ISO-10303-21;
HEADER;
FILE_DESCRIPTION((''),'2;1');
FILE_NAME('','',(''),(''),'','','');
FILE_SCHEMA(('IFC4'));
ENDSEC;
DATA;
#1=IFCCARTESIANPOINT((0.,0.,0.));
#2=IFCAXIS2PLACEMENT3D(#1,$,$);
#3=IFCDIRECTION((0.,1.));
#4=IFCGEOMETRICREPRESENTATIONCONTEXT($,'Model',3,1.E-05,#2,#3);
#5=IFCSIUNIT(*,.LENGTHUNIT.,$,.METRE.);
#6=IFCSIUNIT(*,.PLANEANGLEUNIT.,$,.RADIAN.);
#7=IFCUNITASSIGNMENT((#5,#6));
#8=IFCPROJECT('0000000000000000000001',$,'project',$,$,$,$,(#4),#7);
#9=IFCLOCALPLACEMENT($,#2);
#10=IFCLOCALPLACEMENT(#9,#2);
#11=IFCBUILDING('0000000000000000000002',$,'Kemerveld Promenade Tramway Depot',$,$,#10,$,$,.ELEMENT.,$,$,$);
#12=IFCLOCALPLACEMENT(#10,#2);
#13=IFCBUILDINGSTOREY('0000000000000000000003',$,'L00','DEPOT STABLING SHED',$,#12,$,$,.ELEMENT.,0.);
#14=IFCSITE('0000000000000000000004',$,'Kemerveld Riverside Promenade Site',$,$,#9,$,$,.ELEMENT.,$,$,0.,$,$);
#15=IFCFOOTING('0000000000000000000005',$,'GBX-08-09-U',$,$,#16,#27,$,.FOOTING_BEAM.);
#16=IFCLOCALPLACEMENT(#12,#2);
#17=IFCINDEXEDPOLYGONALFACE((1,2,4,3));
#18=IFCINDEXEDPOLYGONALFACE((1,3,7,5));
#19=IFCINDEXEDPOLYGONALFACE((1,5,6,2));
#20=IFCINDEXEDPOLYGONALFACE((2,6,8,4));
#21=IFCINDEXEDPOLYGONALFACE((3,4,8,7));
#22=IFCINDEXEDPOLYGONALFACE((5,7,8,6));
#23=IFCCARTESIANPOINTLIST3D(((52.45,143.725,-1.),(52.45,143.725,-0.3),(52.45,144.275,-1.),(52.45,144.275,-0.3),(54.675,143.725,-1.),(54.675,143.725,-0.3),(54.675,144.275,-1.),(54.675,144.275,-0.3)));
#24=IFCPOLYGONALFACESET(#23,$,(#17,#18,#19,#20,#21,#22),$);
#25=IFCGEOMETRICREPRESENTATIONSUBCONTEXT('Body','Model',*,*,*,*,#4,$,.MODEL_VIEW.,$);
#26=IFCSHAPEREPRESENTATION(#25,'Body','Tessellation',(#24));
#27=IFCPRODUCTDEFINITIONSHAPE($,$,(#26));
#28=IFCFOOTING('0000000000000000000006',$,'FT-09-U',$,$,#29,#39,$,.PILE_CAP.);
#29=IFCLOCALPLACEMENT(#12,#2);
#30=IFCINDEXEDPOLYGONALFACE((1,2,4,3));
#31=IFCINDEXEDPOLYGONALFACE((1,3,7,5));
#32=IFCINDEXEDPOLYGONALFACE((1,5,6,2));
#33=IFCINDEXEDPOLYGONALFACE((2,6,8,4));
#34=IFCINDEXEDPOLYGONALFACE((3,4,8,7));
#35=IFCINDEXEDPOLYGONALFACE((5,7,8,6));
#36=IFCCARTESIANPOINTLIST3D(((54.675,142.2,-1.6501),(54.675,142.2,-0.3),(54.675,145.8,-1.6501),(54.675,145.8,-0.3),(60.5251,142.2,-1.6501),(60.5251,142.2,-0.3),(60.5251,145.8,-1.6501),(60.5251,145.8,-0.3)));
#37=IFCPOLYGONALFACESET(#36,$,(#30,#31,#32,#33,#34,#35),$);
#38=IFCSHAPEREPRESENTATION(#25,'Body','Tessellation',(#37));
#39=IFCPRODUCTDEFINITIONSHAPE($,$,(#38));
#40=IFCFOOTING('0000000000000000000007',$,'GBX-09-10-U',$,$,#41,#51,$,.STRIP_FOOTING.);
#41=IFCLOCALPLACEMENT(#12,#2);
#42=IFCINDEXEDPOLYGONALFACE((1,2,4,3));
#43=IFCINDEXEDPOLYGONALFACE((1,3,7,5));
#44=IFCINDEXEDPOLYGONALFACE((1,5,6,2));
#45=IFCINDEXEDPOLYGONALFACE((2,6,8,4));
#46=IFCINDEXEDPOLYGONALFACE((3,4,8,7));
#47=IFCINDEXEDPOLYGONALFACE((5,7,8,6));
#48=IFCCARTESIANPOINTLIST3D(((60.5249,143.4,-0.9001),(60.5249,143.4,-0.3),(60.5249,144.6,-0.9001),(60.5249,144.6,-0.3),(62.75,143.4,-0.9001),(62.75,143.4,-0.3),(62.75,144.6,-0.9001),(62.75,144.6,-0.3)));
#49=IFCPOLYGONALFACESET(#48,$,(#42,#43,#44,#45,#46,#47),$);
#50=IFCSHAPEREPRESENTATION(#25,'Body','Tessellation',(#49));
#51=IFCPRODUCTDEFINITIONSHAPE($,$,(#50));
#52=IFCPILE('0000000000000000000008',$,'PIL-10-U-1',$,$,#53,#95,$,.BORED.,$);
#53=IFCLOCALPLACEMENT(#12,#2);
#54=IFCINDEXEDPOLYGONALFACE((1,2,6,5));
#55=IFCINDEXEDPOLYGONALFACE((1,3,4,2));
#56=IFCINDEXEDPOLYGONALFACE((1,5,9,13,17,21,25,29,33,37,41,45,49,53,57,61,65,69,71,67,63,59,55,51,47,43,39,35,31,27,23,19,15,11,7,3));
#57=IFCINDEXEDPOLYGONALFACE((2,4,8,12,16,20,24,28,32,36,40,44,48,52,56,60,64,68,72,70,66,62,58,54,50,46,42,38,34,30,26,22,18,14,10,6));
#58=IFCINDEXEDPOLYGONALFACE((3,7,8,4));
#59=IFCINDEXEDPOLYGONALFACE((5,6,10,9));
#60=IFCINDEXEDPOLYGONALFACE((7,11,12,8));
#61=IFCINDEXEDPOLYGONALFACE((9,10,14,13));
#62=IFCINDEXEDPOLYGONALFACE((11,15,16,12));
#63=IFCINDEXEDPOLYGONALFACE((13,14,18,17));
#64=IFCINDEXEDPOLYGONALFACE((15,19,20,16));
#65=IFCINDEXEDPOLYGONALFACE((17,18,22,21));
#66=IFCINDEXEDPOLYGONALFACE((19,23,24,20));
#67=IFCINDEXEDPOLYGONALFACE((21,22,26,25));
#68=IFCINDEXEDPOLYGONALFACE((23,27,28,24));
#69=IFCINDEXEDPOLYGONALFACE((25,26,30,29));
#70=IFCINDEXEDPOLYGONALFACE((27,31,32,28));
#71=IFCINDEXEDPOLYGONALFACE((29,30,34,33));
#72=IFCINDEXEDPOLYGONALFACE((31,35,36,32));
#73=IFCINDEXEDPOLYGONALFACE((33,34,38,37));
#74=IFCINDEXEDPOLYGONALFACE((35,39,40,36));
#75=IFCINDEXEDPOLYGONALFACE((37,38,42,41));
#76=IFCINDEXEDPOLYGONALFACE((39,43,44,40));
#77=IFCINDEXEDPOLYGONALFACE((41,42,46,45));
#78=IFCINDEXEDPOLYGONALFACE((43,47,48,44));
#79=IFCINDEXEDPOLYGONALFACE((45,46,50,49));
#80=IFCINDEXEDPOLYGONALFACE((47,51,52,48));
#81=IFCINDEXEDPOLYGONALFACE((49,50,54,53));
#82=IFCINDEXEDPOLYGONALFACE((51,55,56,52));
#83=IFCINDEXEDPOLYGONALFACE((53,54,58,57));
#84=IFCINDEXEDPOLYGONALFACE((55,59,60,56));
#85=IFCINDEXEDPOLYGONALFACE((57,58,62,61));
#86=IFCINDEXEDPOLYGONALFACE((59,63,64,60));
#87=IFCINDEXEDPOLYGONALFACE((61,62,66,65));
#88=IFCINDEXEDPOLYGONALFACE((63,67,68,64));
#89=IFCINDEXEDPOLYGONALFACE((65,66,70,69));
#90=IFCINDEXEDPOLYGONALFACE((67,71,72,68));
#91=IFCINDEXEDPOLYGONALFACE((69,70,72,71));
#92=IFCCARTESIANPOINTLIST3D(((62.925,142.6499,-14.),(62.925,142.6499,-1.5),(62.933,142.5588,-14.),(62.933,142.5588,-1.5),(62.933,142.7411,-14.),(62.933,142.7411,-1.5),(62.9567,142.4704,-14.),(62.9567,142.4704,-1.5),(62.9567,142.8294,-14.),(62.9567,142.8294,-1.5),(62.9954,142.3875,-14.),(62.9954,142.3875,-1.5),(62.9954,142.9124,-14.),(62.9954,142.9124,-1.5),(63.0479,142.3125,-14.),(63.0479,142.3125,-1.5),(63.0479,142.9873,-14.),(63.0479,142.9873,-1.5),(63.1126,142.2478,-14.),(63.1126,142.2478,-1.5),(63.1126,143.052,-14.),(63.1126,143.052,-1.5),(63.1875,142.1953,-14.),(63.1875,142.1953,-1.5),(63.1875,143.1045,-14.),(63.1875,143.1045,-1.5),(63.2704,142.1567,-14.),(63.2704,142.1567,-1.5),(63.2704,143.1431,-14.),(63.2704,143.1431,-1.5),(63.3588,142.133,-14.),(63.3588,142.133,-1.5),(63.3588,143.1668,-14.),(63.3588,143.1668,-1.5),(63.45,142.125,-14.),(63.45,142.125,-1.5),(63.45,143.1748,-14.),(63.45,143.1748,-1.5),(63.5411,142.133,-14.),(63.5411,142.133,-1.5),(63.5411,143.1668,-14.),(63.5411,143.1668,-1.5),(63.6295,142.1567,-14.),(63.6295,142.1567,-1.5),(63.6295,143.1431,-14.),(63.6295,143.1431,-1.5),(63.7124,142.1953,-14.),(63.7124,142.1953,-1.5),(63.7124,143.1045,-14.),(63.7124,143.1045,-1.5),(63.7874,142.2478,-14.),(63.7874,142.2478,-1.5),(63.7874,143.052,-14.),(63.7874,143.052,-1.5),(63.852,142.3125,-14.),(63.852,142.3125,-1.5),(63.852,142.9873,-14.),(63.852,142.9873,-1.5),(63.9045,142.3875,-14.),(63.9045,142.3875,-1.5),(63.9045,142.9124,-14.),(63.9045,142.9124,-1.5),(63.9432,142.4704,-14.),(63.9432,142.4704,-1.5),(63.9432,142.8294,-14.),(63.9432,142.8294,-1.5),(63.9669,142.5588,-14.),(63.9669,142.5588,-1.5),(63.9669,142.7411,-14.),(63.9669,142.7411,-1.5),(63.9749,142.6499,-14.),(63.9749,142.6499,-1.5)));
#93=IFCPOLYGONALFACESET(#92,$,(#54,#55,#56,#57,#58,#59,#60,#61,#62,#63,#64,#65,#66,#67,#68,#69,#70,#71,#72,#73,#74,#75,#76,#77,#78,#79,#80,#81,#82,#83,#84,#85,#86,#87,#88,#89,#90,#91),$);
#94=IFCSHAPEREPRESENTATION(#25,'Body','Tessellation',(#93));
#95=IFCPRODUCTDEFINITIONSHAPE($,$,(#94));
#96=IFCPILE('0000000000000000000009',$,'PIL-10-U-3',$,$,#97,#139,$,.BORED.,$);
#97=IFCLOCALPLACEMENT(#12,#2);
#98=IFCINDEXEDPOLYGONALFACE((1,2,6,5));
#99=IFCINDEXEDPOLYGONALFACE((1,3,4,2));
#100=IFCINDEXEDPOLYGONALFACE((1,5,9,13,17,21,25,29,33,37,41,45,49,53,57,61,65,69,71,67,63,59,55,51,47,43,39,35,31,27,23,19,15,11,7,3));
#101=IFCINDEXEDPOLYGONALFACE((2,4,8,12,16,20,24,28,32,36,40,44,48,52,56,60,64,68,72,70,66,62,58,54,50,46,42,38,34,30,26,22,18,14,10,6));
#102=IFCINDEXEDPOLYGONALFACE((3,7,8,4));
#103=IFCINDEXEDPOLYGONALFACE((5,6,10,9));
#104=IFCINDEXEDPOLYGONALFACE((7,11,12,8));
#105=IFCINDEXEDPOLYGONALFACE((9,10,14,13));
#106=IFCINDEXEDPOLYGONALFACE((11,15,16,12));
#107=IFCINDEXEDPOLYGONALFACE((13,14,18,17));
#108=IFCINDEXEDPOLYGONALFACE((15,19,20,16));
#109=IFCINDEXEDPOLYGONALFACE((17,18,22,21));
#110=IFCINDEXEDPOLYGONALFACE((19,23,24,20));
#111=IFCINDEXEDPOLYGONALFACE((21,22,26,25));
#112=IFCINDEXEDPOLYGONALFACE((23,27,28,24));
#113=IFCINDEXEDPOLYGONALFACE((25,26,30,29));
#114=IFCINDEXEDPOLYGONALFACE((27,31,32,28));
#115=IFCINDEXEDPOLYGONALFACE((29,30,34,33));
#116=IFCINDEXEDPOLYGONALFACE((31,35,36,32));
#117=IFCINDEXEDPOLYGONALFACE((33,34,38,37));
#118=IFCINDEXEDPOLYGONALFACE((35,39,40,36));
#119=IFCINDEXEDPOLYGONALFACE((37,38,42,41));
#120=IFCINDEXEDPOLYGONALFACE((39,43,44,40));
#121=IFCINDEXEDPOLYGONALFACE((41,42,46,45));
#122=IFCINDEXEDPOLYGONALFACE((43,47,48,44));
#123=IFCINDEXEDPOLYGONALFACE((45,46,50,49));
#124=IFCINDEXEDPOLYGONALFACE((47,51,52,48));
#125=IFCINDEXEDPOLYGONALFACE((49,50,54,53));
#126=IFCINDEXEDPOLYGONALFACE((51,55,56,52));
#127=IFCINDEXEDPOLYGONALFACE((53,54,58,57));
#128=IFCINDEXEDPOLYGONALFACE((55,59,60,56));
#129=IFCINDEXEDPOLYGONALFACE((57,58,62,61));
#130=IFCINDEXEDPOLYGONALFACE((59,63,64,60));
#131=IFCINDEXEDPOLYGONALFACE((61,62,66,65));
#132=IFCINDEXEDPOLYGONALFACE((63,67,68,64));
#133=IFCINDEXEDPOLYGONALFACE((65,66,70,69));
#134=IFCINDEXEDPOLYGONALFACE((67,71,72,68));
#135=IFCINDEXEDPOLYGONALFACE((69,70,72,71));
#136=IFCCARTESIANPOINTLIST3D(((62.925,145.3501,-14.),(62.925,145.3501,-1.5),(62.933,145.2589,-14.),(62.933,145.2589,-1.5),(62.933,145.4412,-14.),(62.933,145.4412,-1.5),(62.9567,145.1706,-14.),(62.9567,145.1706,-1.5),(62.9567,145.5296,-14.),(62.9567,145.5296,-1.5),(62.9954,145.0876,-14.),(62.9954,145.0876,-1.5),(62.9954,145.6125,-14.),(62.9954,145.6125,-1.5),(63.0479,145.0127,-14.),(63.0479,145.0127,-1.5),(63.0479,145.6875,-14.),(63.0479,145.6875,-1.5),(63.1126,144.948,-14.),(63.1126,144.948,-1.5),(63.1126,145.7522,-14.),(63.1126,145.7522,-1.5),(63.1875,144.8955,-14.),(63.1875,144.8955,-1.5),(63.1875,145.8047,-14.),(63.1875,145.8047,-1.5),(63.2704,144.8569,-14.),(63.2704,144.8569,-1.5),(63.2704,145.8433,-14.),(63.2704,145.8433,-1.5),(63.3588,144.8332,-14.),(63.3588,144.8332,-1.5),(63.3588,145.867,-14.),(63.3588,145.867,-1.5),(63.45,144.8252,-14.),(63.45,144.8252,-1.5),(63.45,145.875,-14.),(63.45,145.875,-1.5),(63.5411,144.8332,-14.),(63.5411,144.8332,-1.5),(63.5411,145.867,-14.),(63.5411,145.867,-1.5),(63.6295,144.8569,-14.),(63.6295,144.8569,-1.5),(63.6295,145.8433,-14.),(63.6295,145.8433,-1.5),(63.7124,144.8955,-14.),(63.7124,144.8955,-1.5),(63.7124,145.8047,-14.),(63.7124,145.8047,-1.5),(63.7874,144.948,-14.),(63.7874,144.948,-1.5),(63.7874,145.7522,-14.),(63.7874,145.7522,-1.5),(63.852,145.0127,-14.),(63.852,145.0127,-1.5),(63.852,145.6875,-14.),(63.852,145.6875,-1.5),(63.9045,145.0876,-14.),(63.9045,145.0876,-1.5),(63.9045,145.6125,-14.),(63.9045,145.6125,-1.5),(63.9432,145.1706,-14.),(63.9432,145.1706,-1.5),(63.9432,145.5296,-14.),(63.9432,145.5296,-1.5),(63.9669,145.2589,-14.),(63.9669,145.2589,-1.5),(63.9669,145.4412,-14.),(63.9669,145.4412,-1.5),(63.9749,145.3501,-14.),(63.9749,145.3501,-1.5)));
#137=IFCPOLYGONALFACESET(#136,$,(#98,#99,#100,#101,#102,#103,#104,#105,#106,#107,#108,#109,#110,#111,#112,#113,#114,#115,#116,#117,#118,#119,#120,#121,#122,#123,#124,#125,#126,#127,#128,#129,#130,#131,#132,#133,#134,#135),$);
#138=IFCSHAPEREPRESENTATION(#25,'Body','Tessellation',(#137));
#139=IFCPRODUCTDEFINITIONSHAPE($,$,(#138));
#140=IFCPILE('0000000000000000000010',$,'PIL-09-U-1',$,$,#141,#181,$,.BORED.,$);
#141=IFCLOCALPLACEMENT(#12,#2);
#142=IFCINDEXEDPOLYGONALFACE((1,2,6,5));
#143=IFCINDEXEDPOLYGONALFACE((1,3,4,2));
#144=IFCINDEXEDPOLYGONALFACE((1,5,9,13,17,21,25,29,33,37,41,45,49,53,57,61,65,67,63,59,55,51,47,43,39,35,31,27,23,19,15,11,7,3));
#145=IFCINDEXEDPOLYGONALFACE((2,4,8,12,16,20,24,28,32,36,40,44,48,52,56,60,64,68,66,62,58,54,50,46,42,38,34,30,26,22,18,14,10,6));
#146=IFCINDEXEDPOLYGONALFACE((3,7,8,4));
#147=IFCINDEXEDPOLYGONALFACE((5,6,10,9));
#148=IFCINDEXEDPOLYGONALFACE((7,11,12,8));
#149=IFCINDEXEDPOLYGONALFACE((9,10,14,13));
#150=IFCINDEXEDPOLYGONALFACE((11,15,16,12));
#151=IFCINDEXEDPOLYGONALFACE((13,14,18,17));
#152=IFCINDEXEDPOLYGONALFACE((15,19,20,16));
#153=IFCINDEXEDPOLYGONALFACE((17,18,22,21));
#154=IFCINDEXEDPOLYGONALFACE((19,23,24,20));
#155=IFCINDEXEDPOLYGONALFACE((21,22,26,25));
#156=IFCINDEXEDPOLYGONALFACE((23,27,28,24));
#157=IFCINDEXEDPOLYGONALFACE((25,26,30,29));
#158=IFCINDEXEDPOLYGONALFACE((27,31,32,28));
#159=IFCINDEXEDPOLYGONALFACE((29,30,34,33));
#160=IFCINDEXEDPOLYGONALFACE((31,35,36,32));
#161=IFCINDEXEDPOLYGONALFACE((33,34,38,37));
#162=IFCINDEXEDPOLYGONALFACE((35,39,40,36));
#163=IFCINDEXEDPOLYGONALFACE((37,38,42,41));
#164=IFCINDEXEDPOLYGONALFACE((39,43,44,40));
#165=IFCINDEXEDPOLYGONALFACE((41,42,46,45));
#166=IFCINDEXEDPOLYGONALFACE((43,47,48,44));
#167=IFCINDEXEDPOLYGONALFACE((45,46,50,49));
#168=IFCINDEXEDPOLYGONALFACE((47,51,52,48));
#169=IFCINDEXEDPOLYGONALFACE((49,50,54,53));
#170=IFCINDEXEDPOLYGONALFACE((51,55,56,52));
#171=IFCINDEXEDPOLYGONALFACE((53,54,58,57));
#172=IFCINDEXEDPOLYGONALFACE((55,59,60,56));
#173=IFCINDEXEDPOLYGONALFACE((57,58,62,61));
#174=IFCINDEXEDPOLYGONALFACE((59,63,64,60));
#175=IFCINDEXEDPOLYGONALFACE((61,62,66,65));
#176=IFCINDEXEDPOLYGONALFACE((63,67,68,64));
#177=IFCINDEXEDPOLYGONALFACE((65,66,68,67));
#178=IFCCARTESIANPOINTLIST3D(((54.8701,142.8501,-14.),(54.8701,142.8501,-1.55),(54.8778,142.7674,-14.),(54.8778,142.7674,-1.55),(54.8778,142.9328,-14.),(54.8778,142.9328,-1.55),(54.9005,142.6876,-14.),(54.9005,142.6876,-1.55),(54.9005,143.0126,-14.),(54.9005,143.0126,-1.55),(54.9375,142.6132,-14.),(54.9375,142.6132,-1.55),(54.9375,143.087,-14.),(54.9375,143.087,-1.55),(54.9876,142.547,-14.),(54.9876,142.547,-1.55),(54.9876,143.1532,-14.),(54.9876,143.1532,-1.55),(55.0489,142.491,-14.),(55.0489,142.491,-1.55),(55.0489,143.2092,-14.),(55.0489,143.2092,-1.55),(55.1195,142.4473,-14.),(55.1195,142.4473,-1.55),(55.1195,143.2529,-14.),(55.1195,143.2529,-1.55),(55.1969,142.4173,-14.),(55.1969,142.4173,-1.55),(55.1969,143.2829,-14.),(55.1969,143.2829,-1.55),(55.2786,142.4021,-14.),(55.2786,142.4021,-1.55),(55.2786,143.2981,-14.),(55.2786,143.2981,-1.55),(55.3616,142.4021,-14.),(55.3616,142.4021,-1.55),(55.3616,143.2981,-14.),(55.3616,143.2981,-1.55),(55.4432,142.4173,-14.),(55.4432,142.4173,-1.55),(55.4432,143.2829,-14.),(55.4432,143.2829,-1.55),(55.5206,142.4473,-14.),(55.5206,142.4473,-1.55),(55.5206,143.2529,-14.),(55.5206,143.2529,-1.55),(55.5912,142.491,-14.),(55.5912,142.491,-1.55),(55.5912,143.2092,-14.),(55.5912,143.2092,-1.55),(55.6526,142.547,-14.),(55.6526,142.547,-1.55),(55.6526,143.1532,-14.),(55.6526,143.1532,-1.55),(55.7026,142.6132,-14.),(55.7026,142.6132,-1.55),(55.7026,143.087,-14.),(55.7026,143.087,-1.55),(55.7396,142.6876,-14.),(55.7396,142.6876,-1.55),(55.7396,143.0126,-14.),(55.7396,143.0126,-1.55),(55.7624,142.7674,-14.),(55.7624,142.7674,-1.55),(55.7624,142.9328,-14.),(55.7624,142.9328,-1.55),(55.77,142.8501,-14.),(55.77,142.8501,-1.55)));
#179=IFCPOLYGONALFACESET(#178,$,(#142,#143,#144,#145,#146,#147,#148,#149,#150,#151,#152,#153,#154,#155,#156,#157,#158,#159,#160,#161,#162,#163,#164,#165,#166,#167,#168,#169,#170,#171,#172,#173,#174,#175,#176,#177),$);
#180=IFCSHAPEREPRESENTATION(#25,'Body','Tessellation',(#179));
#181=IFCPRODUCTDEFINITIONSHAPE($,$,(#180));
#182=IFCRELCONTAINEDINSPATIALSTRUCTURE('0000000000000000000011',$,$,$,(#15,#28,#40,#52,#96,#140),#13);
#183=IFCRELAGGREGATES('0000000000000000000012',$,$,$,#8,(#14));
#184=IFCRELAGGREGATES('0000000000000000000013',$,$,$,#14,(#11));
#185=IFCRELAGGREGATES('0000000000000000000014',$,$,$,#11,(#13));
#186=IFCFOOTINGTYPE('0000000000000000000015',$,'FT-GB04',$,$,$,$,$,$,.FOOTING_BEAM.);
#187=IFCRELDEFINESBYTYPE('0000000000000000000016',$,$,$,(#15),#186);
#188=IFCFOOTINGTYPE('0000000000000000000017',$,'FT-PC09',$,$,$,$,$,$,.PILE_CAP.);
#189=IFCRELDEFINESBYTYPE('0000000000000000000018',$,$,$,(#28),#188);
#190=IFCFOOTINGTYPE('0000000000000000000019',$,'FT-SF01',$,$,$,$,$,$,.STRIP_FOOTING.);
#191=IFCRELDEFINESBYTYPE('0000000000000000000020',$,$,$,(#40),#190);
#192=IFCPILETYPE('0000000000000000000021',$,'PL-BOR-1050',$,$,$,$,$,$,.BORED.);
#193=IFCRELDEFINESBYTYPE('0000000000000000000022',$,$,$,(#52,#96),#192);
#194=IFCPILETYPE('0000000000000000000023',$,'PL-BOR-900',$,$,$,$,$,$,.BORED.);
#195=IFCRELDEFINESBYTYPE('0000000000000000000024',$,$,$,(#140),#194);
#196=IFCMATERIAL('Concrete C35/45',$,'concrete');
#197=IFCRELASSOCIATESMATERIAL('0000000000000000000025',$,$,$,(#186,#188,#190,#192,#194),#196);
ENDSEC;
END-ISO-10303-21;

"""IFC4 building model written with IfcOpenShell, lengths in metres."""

from ifc_helpers import new_model, si_unit, direction, frame, origin, origin_2d, place, context, subcontext, project, spatial, rectangle, circle, extrude, material, material_profile, profile_set, type_object, element, save


model = new_model("IFC4")

# Units and contexts
model_context = context("Model", 3, precision=1e-05, world=origin(), true_north=direction((0.0, 1.0)))
body_context = subcontext(model_context, "Body", "Model", "MODEL_VIEW")
ifc_project = project(units=[si_unit("LENGTHUNIT", "METRE"), si_unit("PLANEANGLEUNIT", "RADIAN")], contexts=[model_context])

# Site, building, storey
site_placement = place(None, origin())
site = spatial("IfcSite", under=ifc_project, at=site_placement, Name="Kemerveld Riverside Promenade Site", CompositionType="ELEMENT", RefElevation=0.0)
building_placement = place(site_placement, origin())
building = spatial("IfcBuilding", under=site, at=building_placement, Name="Kemerveld Promenade Tramway Depot", CompositionType="ELEMENT")
storey_placement = place(building_placement, origin())
storey = spatial("IfcBuildingStorey", under=building, at=storey_placement, Name="L00", Description="DEPOT STABLING SHED", CompositionType="ELEMENT", Elevation=0.0)

# Footings
ifc_material_1 = material(Name="Concrete C35/45", Category="concrete")
footing_type_1 = type_object("IfcFootingType", Name="FT-GB04", PredefinedType="FOOTING_BEAM", material=ifc_material_1)
footing_1_placement = place(storey_placement, frame((53.5625, 144.0, -1.0), z_axis=(0.0, 0.0, 1.0), x_axis=(1.0, 0.0, 0.0)))
element("IfcFooting", 1, at=footing_1_placement, inside=storey, type_object=footing_type_1, Name="GBX-08-09-U", PredefinedType="FOOTING_BEAM", context=body_context, shape_type="SweptSolid", body=[
    extrude(rectangle(XDim=2.2251, YDim=0.55, at=origin_2d()), origin(), (0.0, 0.0, 1.0), 0.7),
])
footing_type_2 = type_object("IfcFootingType", Name="FT-PC09", PredefinedType="PILE_CAP", material=ifc_material_1)
footing_2_placement = place(storey_placement, frame((57.6001, 144.0, -1.6501), z_axis=(0.0, 0.0, 1.0), x_axis=(1.0, 0.0, 0.0)))
element("IfcFooting", 2, at=footing_2_placement, inside=storey, type_object=footing_type_2, Name="FT-09-U", PredefinedType="PILE_CAP", context=body_context, shape_type="SweptSolid", body=[
    extrude(rectangle(XDim=5.8501, YDim=3.6001, at=origin_2d()), origin(), (0.0, 0.0, 1.0), 1.3501),
])
footing_type_3 = type_object("IfcFootingType", Name="FT-SF01", PredefinedType="STRIP_FOOTING", material=ifc_material_1)
footing_3_placement = place(storey_placement, frame((61.6375, 144.0, -0.9001), z_axis=(0.0, 0.0, 1.0), x_axis=(1.0, 0.0, 0.0)))
element("IfcFooting", 3, at=footing_3_placement, inside=storey, type_object=footing_type_3, Name="GBX-09-10-U", PredefinedType="STRIP_FOOTING", context=body_context, shape_type="SweptSolid", body=[
    extrude(rectangle(XDim=2.2251, YDim=1.2, at=origin_2d()), origin(), (0.0, 0.0, 1.0), 0.6001),
])

# Piles
ifc_material_profile_1 = material_profile(ifc_material_1, circle(Radius=0.5249, at=origin_2d()), Name="PILE-D1050")
ifc_profile_set_1 = profile_set([ifc_material_profile_1], Name="Concrete C35/45")
pile_type_1 = type_object("IfcPileType", Name="PL-BOR-1050", PredefinedType="BORED", material=ifc_profile_set_1)
for number, where, z_axis, x_axis, name in (
    (4, (63.45, 142.6499, -1.5), (0.0, 0.0, -1.0), (1.0, 0.0, 0.0), "PIL-10-U-1"),
    (5, (63.45, 145.3501, -1.5), (0.0, 0.0, -1.0), (1.0, 0.0, 0.0), "PIL-10-U-3"),
):
    element("IfcPile", number, at=place(storey_placement, frame(where, z_axis=z_axis, x_axis=x_axis)), inside=storey, type_object=pile_type_1, Name=name, PredefinedType="BORED", context=body_context, shape_type="SweptSolid", body=[
        extrude(circle(Radius=0.5249, at=origin_2d()), origin(), (0.0, 0.0, 1.0), 12.5),
    ])
ifc_material_profile_2 = material_profile(ifc_material_1, circle(Radius=0.45, at=origin_2d()), Name="PILE-D900")
ifc_profile_set_2 = profile_set([ifc_material_profile_2], Name="Concrete C35/45")
pile_type_2 = type_object("IfcPileType", Name="PL-BOR-900", PredefinedType="BORED", material=ifc_profile_set_2)
for number, where, z_axis, x_axis, name in (
    (6, (55.3201, 142.8501, -1.55), (0.0, 0.0, -1.0), (1.0, 0.0, 0.0), "PIL-09-U-1"),
):
    element("IfcPile", number, at=place(storey_placement, frame(where, z_axis=z_axis, x_axis=x_axis)), inside=storey, type_object=pile_type_2, Name=name, PredefinedType="BORED", context=body_context, shape_type="SweptSolid", body=[
        extrude(circle(Radius=0.45, at=origin_2d()), origin(), (0.0, 0.0, 1.0), 12.45),
    ])

save(model, "model.ifc")
